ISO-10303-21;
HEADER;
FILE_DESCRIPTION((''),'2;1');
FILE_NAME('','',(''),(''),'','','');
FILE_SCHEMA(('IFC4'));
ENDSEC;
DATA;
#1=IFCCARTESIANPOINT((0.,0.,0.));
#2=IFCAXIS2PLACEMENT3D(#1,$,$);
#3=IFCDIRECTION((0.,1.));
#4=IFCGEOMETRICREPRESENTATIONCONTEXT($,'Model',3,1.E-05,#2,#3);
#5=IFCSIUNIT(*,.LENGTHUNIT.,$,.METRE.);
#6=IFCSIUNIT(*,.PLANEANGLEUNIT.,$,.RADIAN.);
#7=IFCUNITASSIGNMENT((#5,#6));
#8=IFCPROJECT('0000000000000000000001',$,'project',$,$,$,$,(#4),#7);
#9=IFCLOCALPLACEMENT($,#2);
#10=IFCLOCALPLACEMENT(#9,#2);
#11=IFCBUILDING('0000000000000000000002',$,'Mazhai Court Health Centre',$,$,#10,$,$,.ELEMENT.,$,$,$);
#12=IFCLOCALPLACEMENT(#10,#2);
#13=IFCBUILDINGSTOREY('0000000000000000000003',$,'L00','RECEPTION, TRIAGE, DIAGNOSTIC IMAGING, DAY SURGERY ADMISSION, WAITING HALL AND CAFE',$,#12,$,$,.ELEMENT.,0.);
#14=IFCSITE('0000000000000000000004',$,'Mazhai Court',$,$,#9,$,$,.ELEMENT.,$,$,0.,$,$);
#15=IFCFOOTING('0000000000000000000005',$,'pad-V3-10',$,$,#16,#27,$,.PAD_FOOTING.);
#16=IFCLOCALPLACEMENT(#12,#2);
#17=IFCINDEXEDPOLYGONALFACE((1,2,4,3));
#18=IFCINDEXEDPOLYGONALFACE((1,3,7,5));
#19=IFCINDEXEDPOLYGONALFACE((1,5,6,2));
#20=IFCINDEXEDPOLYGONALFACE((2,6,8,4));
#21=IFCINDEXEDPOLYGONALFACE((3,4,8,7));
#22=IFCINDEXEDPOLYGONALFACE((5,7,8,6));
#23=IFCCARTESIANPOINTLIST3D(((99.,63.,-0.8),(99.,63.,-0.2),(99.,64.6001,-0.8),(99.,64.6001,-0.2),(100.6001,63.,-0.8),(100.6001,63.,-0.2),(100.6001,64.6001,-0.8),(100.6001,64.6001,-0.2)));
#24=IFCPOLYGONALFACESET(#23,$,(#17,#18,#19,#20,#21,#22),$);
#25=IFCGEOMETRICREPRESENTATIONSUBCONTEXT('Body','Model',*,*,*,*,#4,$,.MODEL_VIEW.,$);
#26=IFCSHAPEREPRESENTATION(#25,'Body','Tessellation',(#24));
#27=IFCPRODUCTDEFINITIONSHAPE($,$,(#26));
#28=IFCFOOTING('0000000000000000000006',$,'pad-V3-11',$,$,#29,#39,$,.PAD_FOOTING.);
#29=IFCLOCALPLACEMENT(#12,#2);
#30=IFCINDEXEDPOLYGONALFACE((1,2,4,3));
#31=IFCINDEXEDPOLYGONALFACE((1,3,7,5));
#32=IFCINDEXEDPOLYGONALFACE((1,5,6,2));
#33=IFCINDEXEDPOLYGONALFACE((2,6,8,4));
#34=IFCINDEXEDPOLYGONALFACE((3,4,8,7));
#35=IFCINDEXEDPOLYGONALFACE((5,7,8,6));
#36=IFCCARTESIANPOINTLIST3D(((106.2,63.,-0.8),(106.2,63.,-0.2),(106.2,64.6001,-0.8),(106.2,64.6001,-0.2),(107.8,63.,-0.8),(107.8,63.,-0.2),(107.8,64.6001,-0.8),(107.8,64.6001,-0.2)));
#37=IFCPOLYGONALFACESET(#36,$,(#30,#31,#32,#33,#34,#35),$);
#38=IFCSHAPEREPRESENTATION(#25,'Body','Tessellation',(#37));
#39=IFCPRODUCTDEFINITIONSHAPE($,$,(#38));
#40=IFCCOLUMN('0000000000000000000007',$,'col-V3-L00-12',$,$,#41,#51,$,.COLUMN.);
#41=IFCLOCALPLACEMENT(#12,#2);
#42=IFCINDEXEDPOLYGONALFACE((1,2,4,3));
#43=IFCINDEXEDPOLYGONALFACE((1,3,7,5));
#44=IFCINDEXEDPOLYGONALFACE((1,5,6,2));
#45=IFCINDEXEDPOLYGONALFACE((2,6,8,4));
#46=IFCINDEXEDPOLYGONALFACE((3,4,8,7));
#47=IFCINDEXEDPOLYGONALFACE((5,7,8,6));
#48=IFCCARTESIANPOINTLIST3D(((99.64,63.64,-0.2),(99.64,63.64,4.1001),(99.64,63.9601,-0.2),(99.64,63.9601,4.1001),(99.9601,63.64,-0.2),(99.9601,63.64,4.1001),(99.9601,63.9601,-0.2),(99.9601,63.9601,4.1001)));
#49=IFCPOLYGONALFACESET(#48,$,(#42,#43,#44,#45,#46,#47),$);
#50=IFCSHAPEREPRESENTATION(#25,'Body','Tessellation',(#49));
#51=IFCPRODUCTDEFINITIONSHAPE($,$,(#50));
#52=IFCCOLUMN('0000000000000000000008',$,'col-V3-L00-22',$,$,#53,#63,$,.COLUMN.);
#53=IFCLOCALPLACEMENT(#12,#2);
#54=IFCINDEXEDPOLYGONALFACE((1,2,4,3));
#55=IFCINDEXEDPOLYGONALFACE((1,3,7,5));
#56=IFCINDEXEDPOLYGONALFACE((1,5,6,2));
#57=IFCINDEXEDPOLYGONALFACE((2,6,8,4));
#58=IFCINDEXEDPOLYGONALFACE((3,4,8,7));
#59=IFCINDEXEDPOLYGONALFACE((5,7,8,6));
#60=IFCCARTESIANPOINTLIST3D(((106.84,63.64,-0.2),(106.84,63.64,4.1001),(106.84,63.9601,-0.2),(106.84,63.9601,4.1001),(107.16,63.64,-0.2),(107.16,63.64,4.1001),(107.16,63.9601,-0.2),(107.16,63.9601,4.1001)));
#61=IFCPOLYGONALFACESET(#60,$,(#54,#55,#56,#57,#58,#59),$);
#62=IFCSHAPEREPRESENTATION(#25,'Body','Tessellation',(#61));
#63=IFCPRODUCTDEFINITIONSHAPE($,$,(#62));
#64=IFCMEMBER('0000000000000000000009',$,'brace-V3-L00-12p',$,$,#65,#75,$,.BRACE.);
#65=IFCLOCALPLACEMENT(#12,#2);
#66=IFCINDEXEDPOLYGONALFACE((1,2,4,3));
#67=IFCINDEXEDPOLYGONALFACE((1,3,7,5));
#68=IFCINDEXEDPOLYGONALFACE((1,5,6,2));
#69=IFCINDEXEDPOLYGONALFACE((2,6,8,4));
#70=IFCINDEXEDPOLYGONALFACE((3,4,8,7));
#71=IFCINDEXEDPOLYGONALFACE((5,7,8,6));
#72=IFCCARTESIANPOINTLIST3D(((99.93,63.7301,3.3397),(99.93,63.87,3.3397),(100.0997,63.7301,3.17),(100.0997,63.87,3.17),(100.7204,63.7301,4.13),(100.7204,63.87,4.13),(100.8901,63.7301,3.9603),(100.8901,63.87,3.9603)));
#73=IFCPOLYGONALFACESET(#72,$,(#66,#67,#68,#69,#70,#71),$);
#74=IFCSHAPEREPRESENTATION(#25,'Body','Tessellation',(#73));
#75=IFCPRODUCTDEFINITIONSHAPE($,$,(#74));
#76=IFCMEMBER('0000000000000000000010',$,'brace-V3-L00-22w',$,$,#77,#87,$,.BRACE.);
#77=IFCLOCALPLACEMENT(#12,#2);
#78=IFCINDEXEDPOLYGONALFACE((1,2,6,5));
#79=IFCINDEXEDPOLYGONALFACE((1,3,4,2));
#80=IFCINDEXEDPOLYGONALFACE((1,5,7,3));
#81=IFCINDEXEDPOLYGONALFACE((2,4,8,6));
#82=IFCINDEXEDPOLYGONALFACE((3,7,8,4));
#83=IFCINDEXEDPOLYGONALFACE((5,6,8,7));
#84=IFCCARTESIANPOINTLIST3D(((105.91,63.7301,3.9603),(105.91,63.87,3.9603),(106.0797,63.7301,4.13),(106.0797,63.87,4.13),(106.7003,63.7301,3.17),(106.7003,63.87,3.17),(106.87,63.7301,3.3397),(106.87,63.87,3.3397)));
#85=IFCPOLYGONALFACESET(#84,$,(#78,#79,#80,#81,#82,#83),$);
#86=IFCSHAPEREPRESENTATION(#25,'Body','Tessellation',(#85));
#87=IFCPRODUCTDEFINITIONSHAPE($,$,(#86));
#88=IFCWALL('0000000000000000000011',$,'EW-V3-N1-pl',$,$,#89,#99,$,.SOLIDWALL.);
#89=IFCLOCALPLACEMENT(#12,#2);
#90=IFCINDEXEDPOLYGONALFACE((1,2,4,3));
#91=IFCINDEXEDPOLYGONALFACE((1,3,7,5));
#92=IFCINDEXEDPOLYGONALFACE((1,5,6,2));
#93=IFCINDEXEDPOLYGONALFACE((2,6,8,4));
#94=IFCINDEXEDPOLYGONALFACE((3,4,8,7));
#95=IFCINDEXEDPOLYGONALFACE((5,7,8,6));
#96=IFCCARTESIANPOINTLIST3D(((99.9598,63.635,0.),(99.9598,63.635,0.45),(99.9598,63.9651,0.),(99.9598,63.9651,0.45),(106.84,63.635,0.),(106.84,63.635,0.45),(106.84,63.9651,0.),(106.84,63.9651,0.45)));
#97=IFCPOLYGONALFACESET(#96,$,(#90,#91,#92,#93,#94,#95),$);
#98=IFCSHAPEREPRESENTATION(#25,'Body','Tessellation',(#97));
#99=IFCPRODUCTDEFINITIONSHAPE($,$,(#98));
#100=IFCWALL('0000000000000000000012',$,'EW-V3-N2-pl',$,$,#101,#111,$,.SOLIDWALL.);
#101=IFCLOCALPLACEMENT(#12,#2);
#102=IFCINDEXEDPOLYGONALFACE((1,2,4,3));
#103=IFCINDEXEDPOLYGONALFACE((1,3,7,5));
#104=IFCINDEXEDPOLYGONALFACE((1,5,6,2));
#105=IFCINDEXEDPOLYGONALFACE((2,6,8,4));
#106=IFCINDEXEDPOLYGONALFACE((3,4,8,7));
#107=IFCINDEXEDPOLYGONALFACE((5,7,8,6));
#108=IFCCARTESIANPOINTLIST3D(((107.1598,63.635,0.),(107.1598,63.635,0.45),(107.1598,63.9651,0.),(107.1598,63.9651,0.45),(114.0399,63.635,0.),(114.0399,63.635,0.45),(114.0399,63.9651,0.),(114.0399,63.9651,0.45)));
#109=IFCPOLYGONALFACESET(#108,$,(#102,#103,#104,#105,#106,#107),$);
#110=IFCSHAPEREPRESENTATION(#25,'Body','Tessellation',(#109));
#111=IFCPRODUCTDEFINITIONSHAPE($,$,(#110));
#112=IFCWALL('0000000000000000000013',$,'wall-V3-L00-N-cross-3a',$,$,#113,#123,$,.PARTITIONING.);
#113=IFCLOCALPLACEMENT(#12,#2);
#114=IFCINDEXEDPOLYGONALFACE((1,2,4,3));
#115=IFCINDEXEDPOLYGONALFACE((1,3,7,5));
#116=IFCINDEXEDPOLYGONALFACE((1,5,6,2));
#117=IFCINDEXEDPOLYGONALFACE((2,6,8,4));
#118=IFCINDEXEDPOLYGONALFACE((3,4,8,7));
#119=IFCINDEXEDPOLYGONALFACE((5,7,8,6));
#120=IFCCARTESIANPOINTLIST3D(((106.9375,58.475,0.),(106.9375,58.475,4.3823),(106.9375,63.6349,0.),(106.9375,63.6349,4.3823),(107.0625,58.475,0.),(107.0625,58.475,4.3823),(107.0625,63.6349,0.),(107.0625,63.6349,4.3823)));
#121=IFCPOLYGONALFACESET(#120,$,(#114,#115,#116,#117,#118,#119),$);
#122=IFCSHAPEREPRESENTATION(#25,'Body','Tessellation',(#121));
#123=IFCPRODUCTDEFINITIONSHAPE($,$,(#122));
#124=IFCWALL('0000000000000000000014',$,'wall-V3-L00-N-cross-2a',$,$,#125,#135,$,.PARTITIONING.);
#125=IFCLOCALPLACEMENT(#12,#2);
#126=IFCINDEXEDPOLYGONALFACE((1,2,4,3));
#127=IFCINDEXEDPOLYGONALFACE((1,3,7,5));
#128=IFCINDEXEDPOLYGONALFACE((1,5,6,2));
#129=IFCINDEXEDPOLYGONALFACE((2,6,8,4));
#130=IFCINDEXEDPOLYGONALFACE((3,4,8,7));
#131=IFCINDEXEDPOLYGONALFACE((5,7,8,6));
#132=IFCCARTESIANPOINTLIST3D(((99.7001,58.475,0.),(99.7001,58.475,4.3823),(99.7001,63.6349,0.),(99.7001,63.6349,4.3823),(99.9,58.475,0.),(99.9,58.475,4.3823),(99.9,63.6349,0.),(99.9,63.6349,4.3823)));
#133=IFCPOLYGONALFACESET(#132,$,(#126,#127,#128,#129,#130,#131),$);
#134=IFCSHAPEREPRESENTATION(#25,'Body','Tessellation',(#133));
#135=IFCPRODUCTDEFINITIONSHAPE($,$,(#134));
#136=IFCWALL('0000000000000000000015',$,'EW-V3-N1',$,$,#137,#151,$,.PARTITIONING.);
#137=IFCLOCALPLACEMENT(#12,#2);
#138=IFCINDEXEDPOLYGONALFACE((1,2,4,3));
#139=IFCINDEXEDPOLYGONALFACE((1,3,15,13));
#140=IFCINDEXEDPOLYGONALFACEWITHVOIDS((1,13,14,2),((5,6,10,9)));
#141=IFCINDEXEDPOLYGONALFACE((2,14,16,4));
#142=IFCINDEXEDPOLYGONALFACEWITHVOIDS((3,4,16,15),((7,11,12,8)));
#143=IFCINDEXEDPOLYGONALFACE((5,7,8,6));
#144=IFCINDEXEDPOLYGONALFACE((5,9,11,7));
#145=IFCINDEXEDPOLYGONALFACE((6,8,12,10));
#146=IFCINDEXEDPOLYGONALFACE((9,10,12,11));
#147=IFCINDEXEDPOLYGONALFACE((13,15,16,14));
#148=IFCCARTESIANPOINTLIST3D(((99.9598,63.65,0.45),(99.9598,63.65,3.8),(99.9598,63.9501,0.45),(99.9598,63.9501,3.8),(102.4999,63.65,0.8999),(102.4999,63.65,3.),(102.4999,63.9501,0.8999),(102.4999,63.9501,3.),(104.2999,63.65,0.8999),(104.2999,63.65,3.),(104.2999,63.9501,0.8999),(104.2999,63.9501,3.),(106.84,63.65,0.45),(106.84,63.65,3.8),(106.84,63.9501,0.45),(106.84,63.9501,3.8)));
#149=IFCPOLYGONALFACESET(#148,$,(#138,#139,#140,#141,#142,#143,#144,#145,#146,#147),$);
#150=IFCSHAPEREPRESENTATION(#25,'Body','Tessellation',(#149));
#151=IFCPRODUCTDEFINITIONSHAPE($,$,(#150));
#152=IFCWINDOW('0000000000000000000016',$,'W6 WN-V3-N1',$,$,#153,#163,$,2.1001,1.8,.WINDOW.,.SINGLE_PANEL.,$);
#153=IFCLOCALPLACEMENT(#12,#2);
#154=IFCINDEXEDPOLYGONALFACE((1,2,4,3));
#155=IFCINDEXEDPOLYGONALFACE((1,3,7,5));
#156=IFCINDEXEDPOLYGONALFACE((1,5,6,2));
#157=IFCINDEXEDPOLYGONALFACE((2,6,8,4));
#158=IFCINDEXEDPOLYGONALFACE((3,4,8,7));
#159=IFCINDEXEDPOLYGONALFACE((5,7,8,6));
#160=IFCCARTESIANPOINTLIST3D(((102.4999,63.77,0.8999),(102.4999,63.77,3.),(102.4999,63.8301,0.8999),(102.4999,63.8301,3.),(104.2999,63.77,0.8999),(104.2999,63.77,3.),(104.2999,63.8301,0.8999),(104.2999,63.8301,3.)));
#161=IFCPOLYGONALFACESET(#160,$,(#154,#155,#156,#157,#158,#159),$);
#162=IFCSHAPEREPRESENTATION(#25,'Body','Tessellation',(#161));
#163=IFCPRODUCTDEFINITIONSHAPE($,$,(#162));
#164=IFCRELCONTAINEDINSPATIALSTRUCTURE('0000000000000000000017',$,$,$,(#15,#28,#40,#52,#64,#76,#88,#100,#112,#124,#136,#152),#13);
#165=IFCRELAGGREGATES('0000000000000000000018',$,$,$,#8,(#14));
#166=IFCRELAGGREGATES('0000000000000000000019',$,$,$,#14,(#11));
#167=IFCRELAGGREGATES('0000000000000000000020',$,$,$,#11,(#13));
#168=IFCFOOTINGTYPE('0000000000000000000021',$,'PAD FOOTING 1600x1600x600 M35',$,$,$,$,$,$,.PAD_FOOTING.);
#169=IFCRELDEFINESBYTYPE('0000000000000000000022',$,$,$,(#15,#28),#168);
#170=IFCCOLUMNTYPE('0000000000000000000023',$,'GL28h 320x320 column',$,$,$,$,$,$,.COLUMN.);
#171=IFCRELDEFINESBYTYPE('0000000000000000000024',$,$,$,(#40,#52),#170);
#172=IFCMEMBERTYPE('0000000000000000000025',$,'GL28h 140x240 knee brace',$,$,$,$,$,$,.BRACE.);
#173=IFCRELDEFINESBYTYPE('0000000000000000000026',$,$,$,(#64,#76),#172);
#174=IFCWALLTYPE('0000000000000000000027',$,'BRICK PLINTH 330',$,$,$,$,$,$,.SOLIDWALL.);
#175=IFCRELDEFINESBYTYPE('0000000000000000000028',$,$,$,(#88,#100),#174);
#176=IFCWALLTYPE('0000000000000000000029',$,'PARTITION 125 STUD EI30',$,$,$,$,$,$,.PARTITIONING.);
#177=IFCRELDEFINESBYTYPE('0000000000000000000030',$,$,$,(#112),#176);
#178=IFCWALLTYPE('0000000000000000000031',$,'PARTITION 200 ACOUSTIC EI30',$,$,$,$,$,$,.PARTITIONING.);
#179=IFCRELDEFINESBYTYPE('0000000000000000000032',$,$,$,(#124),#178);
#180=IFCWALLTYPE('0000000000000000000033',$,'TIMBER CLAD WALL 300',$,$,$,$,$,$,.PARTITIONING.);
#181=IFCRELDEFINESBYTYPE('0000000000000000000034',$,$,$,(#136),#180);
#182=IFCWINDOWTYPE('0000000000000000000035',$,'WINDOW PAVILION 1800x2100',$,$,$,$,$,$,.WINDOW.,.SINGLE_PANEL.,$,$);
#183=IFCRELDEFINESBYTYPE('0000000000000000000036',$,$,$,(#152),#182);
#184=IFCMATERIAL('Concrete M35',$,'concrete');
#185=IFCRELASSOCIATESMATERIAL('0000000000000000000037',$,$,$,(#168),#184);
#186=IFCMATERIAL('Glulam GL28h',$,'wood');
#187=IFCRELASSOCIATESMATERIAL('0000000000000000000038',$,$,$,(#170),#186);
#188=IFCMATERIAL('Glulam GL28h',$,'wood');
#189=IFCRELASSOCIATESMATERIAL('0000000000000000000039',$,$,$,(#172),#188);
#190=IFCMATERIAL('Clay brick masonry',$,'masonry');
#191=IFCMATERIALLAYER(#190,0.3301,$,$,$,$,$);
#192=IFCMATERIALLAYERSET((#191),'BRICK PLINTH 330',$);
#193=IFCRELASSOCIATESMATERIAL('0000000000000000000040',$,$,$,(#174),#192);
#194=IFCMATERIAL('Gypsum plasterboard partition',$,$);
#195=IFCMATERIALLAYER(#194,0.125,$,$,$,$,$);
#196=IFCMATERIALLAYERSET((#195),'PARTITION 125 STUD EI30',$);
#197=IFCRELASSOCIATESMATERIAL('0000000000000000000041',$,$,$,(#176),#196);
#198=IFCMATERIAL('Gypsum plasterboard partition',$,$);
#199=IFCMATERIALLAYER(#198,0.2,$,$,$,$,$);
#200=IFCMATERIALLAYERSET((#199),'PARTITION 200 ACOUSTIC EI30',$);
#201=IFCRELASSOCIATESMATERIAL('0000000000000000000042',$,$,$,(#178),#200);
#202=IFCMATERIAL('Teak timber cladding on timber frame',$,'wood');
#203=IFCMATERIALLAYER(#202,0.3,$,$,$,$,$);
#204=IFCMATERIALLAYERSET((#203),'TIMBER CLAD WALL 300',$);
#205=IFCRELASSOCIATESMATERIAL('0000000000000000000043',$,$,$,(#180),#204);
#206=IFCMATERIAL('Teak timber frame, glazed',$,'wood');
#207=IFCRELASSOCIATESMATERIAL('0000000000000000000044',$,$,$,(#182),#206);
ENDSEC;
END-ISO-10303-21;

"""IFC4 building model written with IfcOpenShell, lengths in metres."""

from ifc_helpers import new_model, si_unit, direction, frame, frame_2d, origin, origin_2d, place, context, subcontext, project, spatial, rectangle, extrude, material, layer, layer_set, material_profile, profile_set, type_object, element, fill, save


model = new_model("IFC4")

# Units and contexts
model_context = context("Model", 3, precision=1e-05, world=origin(), true_north=direction((0.0, 1.0)))
body_context = subcontext(model_context, "Body", "Model", "MODEL_VIEW")
ifc_project = project(units=[si_unit("LENGTHUNIT", "METRE"), si_unit("PLANEANGLEUNIT", "RADIAN")], contexts=[model_context])

# Site, building, storey
site_placement = place(None, origin())
site = spatial("IfcSite", under=ifc_project, at=site_placement, Name="Mazhai Court", CompositionType="ELEMENT", RefElevation=0.0)
building_placement = place(site_placement, origin())
building = spatial("IfcBuilding", under=site, at=building_placement, Name="Mazhai Court Health Centre", CompositionType="ELEMENT")
storey_placement = place(building_placement, origin())
storey = spatial("IfcBuildingStorey", under=building, at=storey_placement, Name="L00", Description="RECEPTION, TRIAGE, DIAGNOSTIC IMAGING, DAY SURGERY ADMISSION, WAITING HALL AND CAFE", CompositionType="ELEMENT", Elevation=0.0)

# Footings
ifc_material_1 = material(Name="Concrete M35", Category="concrete")
footing_type = type_object("IfcFootingType", Name="PAD FOOTING 1600x1600x600 M35", PredefinedType="PAD_FOOTING", material=ifc_material_1)
for number, where, z_axis, x_axis, name in (
    (1, (99.8, 63.8, -0.8), (0.0, 0.0, 1.0), (1.0, 0.0, 0.0), "pad-V3-10"),
    (2, (107.0, 63.8, -0.8), (0.0, 0.0, 1.0), (1.0, 0.0, 0.0), "pad-V3-11"),
):
    element("IfcFooting", number, at=place(storey_placement, frame(where, z_axis=z_axis, x_axis=x_axis)), inside=storey, type_object=footing_type, Name=name, PredefinedType="PAD_FOOTING", context=body_context, shape_type="SweptSolid", body=[
        extrude(rectangle(XDim=1.6001, YDim=1.6001, at=origin_2d()), origin(), (0.0, 0.0, 1.0), 0.6001),
    ])

# Columns
ifc_material_2 = material(Name="Glulam GL28h", Category="wood")
ifc_material_profile_1 = material_profile(ifc_material_2, rectangle(XDim=0.3201, YDim=0.3201, at=origin_2d()), Name="GL28h 320x320")
ifc_profile_set_1 = profile_set([ifc_material_profile_1], Name="Glulam GL28h")
column_type = type_object("IfcColumnType", Name="GL28h 320x320 column", PredefinedType="COLUMN", material=ifc_profile_set_1)
for number, where, z_axis, x_axis, name in (
    (3, (99.8, 63.8, -0.2), (0.0, 0.0, 1.0), (1.0, 0.0, 0.0), "col-V3-L00-12"),
    (4, (107.0, 63.8, -0.2), (0.0, 0.0, 1.0), (1.0, 0.0, 0.0), "col-V3-L00-22"),
):
    element("IfcColumn", number, at=place(storey_placement, frame(where, z_axis=z_axis, x_axis=x_axis)), inside=storey, type_object=column_type, Name=name, PredefinedType="COLUMN", context=body_context, shape_type="SweptSolid", body=[
        extrude(rectangle(XDim=0.3201, YDim=0.3201, at=origin_2d()), origin(), (0.0, 0.0, 1.0), 4.3),
    ])

# Members
ifc_material_3 = material(Name="Glulam GL28h", Category="wood")
ifc_material_profile_2 = material_profile(ifc_material_3, rectangle(XDim=0.1399, YDim=0.24, at=origin_2d()), Name="GL28h 140x240")
ifc_profile_set_2 = profile_set([ifc_material_profile_2], Name="Glulam GL28h")
member_type = type_object("IfcMemberType", Name="GL28h 140x240 knee brace", PredefinedType="BRACE", material=ifc_profile_set_2)
for number, where, z_axis, x_axis, name in (
    (5, (100.0149, 63.8, 3.2549), (0.707107, 0.0, 0.707107), (0.0, 1.0, 0.0), "brace-V3-L00-12p"),
    (6, (106.7852, 63.8, 3.2549), (-0.707107, 0.0, 0.707107), (0.0, -1.0, 0.0), "brace-V3-L00-22w"),
):
    element("IfcMember", number, at=place(storey_placement, frame(where, z_axis=z_axis, x_axis=x_axis)), inside=storey, type_object=member_type, Name=name, PredefinedType="BRACE", context=body_context, shape_type="SweptSolid", body=[
        extrude(rectangle(XDim=0.1399, YDim=0.24, at=origin_2d()), origin(), (0.0, 0.0, 1.0), 1.1177),
    ])

# Walls
ifc_material_4 = material(Name="Clay brick masonry", Category="masonry")
ifc_layer_1 = layer(ifc_material_4, 0.3301)
ifc_layer_set_1 = layer_set([ifc_layer_1], Name="BRICK PLINTH 330")
wall_type_1 = type_object("IfcWallType", Name="BRICK PLINTH 330", PredefinedType="SOLIDWALL", material=ifc_layer_set_1)
for number, where, z_axis, x_axis, name in (
    (7, (99.96, 63.8, 0.0), (0.0, 0.0, 1.0), (1.0, 0.0, 0.0), "EW-V3-N1-pl"),
    (8, (107.1599, 63.8, 0.0), (0.0, 0.0, 1.0), (1.0, 0.0, 0.0), "EW-V3-N2-pl"),
):
    element("IfcWall", number, at=place(storey_placement, frame(where, z_axis=z_axis, x_axis=x_axis)), inside=storey, type_object=wall_type_1, Name=name, PredefinedType="SOLIDWALL", context=body_context, shape_type="SweptSolid", body=[
        extrude(rectangle(XDim=6.8801, YDim=0.3301, at=frame_2d((3.4399, 0.0))), origin(), (0.0, 0.0, 1.0), 0.45),
    ])
ifc_material_5 = material(Name="Gypsum plasterboard partition")
ifc_layer_2 = layer(ifc_material_5, 0.125)
ifc_layer_set_2 = layer_set([ifc_layer_2], Name="PARTITION 125 STUD EI30")
wall_type_2 = type_object("IfcWallType", Name="PARTITION 125 STUD EI30", PredefinedType="PARTITIONING", material=ifc_layer_set_2)
wall_1_placement = place(storey_placement, frame((107.0, 63.635, 0.0), z_axis=(0.0, 0.0, 1.0), x_axis=(0.0, -1.0, 0.0)))
element("IfcWall", 9, at=wall_1_placement, inside=storey, type_object=wall_type_2, Name="wall-V3-L00-N-cross-3a", PredefinedType="PARTITIONING", context=body_context, shape_type="SweptSolid", body=[
    extrude(rectangle(XDim=5.1599, YDim=0.125, at=frame_2d((2.5801, 0.0))), origin(), (0.0, 0.0, 1.0), 4.3823),
])
ifc_material_6 = material(Name="Gypsum plasterboard partition")
ifc_layer_3 = layer(ifc_material_6, 0.2)
ifc_layer_set_3 = layer_set([ifc_layer_3], Name="PARTITION 200 ACOUSTIC EI30")
wall_type_3 = type_object("IfcWallType", Name="PARTITION 200 ACOUSTIC EI30", PredefinedType="PARTITIONING", material=ifc_layer_set_3)
wall_2_placement = place(storey_placement, frame((99.8, 63.635, 0.0), z_axis=(0.0, 0.0, 1.0), x_axis=(0.0, -1.0, 0.0)))
element("IfcWall", 10, at=wall_2_placement, inside=storey, type_object=wall_type_3, Name="wall-V3-L00-N-cross-2a", PredefinedType="PARTITIONING", context=body_context, shape_type="SweptSolid", body=[
    extrude(rectangle(XDim=5.1599, YDim=0.2, at=frame_2d((2.5801, 0.0))), origin(), (0.0, 0.0, 1.0), 4.3823),
])

# Wall, opening, window
ifc_material_7 = material(Name="Teak timber cladding on timber frame", Category="wood")
ifc_layer_4 = layer(ifc_material_7, 0.3)
ifc_layer_set_4 = layer_set([ifc_layer_4], Name="TIMBER CLAD WALL 300")
wall_type_4 = type_object("IfcWallType", Name="TIMBER CLAD WALL 300", PredefinedType="PARTITIONING", material=ifc_layer_set_4)
wall_3_placement = place(storey_placement, frame((99.96, 63.8, 0.45), z_axis=(0.0, 0.0, 1.0), x_axis=(1.0, 0.0, 0.0)))
wall_3 = element("IfcWall", 11, at=wall_3_placement, inside=storey, type_object=wall_type_4, Name="EW-V3-N1", PredefinedType="PARTITIONING", context=body_context, shape_type="SweptSolid", body=[
    extrude(rectangle(XDim=6.8801, YDim=0.3, at=frame_2d((3.4399, 0.0))), origin(), (0.0, 0.0, 1.0), 3.3501),
])
opening_1_placement = place(wall_3_placement, frame((2.54, 0.0, 0.45)))
opening_1 = element("IfcOpeningElement", 12, at=opening_1_placement, cuts=wall_3, PredefinedType="OPENING", context=body_context, shape_type="SweptSolid", body=[
    extrude(rectangle(XDim=1.8, YDim=2.1001, at=frame_2d((0.8999, 1.05))), frame((0.0, 0.1599, 0.0), z_axis=(0.0, -1.0, 0.0), x_axis=(1.0, 0.0, 0.0)), (0.0, 0.0, 1.0), 0.3201),
])
ifc_material_8 = material(Name="Teak timber frame, glazed", Category="wood")
window_type = type_object("IfcWindowType", Name="WINDOW PAVILION 1800x2100", PartitioningType="SINGLE_PANEL", PredefinedType="WINDOW", material=ifc_material_8)
window_1_placement = place(opening_1_placement, origin())
window_1 = element("IfcWindow", 13, at=window_1_placement, inside=storey, type_object=window_type, Name="W6 WN-V3-N1", OverallHeight=2.1001, OverallWidth=1.8, PartitioningType="SINGLE_PANEL", PredefinedType="WINDOW", context=body_context, shape_type="SweptSolid", body=[
    extrude(rectangle(XDim=1.8, YDim=2.1001, at=frame_2d((0.8999, 1.05))), frame((0.0, 0.03, 0.0), z_axis=(0.0, -1.0, 0.0), x_axis=(1.0, 0.0, 0.0)), (0.0, 0.0, 1.0), 0.0601),
])
fill(opening_1, window_1)

save(model, "model.ifc")
